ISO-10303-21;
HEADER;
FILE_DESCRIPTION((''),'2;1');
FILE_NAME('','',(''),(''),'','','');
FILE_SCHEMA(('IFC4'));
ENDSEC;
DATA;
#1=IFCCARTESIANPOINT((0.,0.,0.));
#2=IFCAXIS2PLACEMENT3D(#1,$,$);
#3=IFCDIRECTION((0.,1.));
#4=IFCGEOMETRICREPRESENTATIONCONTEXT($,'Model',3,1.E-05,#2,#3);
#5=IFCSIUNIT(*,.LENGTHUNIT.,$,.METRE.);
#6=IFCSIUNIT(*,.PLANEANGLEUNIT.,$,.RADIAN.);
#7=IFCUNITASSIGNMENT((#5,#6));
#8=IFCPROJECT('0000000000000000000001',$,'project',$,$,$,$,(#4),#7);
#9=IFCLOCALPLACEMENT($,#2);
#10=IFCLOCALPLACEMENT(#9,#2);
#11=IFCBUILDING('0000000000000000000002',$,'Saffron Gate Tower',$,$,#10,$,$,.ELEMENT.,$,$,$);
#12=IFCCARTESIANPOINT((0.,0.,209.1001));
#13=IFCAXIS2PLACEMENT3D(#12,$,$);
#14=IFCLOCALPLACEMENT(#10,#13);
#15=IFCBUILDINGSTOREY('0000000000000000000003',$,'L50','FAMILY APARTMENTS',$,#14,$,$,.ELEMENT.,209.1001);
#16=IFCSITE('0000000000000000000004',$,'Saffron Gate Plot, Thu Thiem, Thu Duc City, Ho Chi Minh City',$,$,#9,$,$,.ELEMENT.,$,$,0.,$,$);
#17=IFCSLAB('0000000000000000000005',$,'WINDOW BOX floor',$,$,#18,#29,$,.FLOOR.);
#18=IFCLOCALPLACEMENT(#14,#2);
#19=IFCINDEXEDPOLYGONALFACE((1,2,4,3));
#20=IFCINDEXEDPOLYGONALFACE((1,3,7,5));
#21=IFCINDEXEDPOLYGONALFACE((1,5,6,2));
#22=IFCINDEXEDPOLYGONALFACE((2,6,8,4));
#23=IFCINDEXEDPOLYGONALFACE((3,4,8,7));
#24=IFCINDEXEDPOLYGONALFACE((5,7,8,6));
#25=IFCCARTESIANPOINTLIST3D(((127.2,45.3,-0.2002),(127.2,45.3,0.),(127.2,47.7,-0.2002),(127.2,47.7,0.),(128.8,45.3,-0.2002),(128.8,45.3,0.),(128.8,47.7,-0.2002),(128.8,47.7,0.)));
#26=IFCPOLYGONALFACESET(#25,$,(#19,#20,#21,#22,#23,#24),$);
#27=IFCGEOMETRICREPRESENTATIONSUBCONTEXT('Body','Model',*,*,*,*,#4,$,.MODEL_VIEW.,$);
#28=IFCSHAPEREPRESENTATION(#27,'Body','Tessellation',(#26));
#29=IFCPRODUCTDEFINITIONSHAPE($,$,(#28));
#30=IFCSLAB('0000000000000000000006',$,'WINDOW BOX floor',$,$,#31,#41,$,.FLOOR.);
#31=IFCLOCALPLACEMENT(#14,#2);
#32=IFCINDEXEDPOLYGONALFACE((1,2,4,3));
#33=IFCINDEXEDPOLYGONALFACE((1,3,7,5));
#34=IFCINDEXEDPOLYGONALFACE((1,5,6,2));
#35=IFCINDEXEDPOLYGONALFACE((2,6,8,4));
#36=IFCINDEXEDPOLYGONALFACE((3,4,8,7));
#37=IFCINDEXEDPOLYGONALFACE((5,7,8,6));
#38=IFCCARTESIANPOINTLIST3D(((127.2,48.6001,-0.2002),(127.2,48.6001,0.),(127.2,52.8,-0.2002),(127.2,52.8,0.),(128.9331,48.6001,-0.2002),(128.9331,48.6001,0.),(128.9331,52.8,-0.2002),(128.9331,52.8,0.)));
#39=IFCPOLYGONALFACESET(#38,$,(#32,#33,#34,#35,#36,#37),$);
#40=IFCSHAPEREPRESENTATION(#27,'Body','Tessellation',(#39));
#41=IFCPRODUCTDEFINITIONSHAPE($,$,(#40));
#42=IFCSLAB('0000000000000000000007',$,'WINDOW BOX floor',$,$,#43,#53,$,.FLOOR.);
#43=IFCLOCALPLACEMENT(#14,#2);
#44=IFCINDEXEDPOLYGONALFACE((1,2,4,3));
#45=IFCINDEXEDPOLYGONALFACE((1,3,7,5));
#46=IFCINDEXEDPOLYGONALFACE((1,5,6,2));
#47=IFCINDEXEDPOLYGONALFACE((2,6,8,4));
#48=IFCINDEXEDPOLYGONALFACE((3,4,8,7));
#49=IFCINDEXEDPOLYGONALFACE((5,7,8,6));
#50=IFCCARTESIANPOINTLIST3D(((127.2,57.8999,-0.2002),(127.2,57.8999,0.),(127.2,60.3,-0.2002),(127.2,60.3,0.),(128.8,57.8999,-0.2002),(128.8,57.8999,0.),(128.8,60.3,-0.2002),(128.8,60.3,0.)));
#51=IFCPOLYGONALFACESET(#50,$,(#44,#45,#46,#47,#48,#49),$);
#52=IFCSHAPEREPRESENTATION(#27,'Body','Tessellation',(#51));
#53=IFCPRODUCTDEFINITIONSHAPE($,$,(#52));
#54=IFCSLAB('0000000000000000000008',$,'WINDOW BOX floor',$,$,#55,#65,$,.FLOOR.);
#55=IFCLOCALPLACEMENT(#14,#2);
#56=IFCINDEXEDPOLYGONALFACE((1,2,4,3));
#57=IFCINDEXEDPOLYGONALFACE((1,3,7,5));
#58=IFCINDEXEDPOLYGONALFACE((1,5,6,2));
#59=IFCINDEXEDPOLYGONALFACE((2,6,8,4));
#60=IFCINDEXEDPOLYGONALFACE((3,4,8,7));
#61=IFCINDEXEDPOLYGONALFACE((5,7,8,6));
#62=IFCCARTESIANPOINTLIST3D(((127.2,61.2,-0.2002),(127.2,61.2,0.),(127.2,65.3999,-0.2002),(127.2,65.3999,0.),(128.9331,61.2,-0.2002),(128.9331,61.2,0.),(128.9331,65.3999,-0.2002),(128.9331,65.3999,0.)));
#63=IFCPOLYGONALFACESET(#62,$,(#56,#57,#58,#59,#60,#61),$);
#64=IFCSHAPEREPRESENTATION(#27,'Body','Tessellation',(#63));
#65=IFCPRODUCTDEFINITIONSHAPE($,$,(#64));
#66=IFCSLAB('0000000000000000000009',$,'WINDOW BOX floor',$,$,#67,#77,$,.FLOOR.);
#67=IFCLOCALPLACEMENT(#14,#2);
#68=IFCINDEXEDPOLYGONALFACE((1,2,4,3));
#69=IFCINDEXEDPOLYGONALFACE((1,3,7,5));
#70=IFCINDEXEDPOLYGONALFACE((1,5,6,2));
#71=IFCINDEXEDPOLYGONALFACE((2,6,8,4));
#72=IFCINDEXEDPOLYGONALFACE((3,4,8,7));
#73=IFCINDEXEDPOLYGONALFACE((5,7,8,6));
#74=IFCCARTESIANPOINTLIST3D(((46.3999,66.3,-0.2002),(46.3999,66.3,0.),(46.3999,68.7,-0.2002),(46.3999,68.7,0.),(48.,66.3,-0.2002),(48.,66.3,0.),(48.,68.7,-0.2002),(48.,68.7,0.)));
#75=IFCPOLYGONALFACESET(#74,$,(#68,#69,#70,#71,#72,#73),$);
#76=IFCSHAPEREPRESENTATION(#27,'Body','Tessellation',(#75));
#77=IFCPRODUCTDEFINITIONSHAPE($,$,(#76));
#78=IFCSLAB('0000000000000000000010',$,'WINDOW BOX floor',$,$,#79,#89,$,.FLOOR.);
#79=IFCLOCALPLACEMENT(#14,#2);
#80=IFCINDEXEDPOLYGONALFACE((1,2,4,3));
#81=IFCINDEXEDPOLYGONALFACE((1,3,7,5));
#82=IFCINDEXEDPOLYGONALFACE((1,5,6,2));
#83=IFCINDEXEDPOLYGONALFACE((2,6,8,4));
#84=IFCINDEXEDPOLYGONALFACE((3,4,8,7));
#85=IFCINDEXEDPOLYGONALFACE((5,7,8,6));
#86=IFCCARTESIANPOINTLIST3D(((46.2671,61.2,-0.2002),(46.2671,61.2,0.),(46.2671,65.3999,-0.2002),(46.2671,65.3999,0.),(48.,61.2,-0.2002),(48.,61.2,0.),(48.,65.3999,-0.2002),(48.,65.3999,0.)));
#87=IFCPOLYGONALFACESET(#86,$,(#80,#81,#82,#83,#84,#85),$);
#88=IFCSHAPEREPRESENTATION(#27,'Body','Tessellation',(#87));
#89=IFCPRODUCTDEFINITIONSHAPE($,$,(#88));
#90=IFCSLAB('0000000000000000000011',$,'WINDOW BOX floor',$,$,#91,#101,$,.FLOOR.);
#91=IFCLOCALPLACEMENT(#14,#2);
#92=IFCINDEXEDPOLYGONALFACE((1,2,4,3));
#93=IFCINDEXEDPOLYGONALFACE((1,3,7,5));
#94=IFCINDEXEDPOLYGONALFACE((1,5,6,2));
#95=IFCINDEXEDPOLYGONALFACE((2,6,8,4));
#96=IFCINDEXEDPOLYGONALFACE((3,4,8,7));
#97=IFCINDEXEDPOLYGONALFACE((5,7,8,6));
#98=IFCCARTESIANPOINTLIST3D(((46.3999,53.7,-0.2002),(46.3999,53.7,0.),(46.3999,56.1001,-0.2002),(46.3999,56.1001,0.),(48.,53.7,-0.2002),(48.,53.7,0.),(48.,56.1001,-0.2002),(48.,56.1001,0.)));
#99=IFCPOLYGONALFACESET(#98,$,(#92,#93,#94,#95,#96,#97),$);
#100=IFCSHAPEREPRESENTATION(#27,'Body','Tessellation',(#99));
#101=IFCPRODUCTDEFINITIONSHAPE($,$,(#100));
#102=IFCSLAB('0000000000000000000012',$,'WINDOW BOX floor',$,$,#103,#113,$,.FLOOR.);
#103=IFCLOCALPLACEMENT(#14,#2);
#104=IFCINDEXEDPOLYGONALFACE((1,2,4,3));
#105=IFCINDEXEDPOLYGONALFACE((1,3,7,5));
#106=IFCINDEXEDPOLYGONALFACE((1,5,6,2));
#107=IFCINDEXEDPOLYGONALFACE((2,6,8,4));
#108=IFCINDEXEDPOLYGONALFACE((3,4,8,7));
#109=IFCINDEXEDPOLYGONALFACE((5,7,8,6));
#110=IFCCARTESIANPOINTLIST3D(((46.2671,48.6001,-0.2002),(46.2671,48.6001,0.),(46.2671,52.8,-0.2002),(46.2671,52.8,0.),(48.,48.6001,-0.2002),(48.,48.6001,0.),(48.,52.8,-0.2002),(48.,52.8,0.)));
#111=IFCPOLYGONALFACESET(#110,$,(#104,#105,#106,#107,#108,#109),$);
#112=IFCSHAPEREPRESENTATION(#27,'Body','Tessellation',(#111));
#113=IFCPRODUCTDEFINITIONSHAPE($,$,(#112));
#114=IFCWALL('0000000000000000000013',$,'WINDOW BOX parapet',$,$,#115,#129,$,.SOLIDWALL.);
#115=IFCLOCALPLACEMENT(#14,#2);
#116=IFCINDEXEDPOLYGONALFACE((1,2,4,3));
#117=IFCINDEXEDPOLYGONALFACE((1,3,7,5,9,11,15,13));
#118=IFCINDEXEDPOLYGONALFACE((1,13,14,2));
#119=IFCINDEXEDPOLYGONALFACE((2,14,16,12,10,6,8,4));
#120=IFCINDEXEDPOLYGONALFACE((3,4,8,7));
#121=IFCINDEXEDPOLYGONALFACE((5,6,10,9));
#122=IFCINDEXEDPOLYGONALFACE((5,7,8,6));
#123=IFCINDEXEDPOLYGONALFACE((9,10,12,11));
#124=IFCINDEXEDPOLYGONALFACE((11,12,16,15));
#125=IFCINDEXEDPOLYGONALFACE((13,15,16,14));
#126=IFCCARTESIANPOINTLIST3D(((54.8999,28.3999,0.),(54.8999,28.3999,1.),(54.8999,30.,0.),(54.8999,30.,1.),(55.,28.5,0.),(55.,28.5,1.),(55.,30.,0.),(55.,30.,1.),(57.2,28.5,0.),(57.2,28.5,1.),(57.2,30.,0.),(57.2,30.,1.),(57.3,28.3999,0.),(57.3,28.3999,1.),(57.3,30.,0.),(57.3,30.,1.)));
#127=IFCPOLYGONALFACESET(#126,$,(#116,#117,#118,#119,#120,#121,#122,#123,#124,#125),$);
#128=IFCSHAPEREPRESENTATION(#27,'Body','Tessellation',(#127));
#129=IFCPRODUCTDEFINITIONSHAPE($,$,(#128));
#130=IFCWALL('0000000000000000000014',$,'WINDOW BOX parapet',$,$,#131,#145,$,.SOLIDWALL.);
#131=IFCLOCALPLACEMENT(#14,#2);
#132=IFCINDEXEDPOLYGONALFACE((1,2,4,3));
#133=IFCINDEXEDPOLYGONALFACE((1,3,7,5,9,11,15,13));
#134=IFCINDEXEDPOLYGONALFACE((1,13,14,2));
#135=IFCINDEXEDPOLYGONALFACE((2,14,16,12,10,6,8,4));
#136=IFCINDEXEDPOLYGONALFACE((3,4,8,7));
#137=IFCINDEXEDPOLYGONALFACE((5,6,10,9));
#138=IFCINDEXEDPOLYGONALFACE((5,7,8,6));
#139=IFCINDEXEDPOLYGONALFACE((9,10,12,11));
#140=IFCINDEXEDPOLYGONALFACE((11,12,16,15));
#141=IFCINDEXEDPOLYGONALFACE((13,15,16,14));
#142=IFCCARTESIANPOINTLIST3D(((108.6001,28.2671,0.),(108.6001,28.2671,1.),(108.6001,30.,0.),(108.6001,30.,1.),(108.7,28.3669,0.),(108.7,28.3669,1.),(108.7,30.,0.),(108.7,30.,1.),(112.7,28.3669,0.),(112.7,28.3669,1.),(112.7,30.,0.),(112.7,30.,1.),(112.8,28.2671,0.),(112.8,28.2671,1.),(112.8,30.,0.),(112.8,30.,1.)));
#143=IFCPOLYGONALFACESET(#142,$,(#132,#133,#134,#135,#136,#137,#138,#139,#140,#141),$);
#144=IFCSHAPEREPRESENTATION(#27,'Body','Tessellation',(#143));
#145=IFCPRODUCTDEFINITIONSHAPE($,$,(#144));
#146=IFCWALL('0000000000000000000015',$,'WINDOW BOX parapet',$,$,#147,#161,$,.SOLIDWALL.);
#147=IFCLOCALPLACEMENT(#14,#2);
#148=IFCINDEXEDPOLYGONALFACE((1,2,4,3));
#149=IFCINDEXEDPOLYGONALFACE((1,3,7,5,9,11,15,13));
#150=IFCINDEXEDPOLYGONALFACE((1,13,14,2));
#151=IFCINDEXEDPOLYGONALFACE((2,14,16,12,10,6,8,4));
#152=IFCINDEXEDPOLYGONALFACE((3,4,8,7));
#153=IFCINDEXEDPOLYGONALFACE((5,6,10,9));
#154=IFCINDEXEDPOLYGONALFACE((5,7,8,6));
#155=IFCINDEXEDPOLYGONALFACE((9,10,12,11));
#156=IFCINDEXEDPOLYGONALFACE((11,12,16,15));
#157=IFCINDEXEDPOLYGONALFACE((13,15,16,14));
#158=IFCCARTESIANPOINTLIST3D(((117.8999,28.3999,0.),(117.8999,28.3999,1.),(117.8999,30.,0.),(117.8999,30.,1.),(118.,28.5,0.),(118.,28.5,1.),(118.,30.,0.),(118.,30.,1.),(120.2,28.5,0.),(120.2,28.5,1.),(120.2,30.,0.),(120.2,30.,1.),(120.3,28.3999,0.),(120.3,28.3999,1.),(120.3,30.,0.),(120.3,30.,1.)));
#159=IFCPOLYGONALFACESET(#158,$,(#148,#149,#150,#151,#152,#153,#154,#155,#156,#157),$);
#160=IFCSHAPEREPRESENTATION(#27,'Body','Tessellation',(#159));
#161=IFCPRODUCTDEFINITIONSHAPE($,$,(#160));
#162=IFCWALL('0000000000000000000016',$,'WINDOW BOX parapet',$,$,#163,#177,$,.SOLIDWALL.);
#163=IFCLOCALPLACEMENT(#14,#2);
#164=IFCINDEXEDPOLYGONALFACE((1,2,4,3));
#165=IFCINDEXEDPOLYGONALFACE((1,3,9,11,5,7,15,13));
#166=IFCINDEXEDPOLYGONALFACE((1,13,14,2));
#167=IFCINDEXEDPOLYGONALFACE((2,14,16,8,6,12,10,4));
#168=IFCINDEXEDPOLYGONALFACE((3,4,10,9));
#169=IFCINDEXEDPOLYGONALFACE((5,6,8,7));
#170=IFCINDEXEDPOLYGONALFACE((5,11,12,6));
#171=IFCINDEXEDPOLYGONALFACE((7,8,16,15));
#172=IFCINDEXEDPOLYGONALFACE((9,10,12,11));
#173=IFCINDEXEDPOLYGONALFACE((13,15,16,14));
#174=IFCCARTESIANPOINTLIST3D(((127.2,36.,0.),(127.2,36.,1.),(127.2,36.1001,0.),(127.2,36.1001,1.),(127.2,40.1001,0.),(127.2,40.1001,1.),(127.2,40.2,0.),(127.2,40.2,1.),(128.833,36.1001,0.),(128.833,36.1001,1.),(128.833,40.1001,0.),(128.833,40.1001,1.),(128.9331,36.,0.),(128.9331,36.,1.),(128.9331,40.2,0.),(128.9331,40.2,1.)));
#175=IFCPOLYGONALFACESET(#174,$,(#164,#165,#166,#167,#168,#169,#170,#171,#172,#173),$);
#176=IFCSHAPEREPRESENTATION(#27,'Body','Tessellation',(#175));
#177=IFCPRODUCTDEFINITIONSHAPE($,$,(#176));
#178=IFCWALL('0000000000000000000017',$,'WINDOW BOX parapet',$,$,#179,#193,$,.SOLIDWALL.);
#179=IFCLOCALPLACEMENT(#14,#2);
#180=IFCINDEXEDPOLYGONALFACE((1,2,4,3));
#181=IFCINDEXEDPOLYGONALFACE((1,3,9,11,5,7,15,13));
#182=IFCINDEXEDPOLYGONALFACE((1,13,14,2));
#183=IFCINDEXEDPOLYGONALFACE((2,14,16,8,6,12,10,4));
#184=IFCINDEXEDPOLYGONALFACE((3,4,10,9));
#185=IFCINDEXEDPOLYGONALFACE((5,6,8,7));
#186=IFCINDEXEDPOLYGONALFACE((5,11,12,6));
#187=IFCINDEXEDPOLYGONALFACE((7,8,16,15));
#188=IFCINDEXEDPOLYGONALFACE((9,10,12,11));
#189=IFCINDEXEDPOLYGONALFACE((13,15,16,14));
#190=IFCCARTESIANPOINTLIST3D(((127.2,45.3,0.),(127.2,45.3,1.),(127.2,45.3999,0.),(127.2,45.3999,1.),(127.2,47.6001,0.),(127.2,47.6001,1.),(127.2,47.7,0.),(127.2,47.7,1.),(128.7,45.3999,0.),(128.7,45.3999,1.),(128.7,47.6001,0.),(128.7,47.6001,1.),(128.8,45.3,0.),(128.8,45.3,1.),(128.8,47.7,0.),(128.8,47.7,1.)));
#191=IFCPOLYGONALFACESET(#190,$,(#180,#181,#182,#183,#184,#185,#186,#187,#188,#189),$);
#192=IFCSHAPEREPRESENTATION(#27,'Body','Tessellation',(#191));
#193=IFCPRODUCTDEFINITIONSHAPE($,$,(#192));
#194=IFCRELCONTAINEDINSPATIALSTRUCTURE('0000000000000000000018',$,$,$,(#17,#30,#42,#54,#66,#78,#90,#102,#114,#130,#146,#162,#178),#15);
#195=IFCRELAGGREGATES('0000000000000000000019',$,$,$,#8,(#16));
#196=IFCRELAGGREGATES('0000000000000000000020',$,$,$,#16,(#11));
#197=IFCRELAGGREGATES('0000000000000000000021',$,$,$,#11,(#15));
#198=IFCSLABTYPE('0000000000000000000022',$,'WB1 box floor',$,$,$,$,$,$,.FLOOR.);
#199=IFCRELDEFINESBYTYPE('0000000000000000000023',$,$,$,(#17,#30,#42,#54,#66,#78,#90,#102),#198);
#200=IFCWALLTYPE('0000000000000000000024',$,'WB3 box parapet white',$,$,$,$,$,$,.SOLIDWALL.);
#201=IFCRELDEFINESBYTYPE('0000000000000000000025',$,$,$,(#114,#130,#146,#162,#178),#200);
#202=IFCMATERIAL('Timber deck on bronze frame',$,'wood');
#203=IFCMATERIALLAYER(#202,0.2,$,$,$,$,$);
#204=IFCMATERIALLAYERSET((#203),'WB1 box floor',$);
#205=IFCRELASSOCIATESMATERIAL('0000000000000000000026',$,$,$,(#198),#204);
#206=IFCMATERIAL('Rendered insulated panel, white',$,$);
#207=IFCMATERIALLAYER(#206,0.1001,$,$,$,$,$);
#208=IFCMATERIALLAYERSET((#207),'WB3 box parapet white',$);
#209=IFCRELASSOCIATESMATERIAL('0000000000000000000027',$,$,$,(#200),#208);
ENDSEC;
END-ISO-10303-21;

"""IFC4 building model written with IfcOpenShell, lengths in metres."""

from ifc_helpers import new_model, si_unit, direction, frame, origin, place, context, subcontext, project, spatial, polyline, outline, extrude, material, layer, layer_set, type_object, element, save


model = new_model("IFC4")

# Units and contexts
model_context = context("Model", 3, precision=1e-05, world=origin(), true_north=direction((0.0, 1.0)))
body_context = subcontext(model_context, "Body", "Model", "MODEL_VIEW")
ifc_project = project(units=[si_unit("LENGTHUNIT", "METRE"), si_unit("PLANEANGLEUNIT", "RADIAN")], contexts=[model_context])

# Site, building, storey
site_placement = place(None, origin())
site = spatial("IfcSite", under=ifc_project, at=site_placement, Name="Saffron Gate Plot, Thu Thiem, Thu Duc City, Ho Chi Minh City", CompositionType="ELEMENT", RefElevation=0.0)
building_placement = place(site_placement, origin())
building = spatial("IfcBuilding", under=site, at=building_placement, Name="Saffron Gate Tower", CompositionType="ELEMENT")
storey_placement = place(building_placement, frame((0.0, 0.0, 209.1001)))
storey = spatial("IfcBuildingStorey", under=building, at=storey_placement, Name="L50", Description="FAMILY APARTMENTS", CompositionType="ELEMENT", Elevation=209.1001)

# Slabs
ifc_material_1 = material(Name="Timber deck on bronze frame", Category="wood")
ifc_layer_1 = layer(ifc_material_1, 0.2)
ifc_layer_set_1 = layer_set([ifc_layer_1], Name="WB1 box floor")
slab_type_1 = type_object("IfcSlabType", Name="WB1 box floor", PredefinedType="FLOOR", material=ifc_layer_set_1)
slab_1_placement = place(storey_placement, frame((0.0, 0.0, -0.2002)))
element("IfcSlab", 1, at=slab_1_placement, inside=storey, type_object=slab_type_1, Name="WINDOW BOX floor", PredefinedType="FLOOR", context=body_context, shape_type="SweptSolid", body=[
    extrude(outline(polyline([(127.2, 45.3), (127.2, 47.7), (128.8, 47.7), (128.8, 45.3), (127.2, 45.3)])), origin(), (0.0, 0.0, 1.0), 0.2002),
])
slab_2_placement = place(storey_placement, frame((0.0, 0.0, -0.2002)))
element("IfcSlab", 2, at=slab_2_placement, inside=storey, type_object=slab_type_1, Name="WINDOW BOX floor", PredefinedType="FLOOR", context=body_context, shape_type="SweptSolid", body=[
    extrude(outline(polyline([(127.2, 48.6001), (127.2, 52.8), (128.9331, 52.8), (128.9331, 48.6001), (127.2, 48.6001)])), origin(), (0.0, 0.0, 1.0), 0.2002),
])
slab_3_placement = place(storey_placement, frame((0.0, 0.0, -0.2002)))
element("IfcSlab", 3, at=slab_3_placement, inside=storey, type_object=slab_type_1, Name="WINDOW BOX floor", PredefinedType="FLOOR", context=body_context, shape_type="SweptSolid", body=[
    extrude(outline(polyline([(127.2, 57.8999), (127.2, 60.3), (128.8, 60.3), (128.8, 57.8999), (127.2, 57.8999)])), origin(), (0.0, 0.0, 1.0), 0.2002),
])
slab_4_placement = place(storey_placement, frame((0.0, 0.0, -0.2002)))
element("IfcSlab", 4, at=slab_4_placement, inside=storey, type_object=slab_type_1, Name="WINDOW BOX floor", PredefinedType="FLOOR", context=body_context, shape_type="SweptSolid", body=[
    extrude(outline(polyline([(127.2, 61.2), (127.2, 65.3999), (128.9331, 65.3999), (128.9331, 61.2), (127.2, 61.2)])), origin(), (0.0, 0.0, 1.0), 0.2002),
])
slab_5_placement = place(storey_placement, frame((0.0, 0.0, -0.2002)))
element("IfcSlab", 5, at=slab_5_placement, inside=storey, type_object=slab_type_1, Name="WINDOW BOX floor", PredefinedType="FLOOR", context=body_context, shape_type="SweptSolid", body=[
    extrude(outline(polyline([(48.0, 68.7), (48.0, 66.3), (46.3999, 66.3), (46.3999, 68.7), (48.0, 68.7)])), origin(), (0.0, 0.0, 1.0), 0.2002),
])
slab_6_placement = place(storey_placement, frame((0.0, 0.0, -0.2002)))
element("IfcSlab", 6, at=slab_6_placement, inside=storey, type_object=slab_type_1, Name="WINDOW BOX floor", PredefinedType="FLOOR", context=body_context, shape_type="SweptSolid", body=[
    extrude(outline(polyline([(48.0, 65.3999), (48.0, 61.2), (46.2671, 61.2), (46.2671, 65.3999), (48.0, 65.3999)])), origin(), (0.0, 0.0, 1.0), 0.2002),
])
slab_7_placement = place(storey_placement, frame((0.0, 0.0, -0.2002)))
element("IfcSlab", 7, at=slab_7_placement, inside=storey, type_object=slab_type_1, Name="WINDOW BOX floor", PredefinedType="FLOOR", context=body_context, shape_type="SweptSolid", body=[
    extrude(outline(polyline([(48.0, 56.1001), (48.0, 53.7), (46.3999, 53.7), (46.3999, 56.1001), (48.0, 56.1001)])), origin(), (0.0, 0.0, 1.0), 0.2002),
])
slab_8_placement = place(storey_placement, frame((0.0, 0.0, -0.2002)))
element("IfcSlab", 8, at=slab_8_placement, inside=storey, type_object=slab_type_1, Name="WINDOW BOX floor", PredefinedType="FLOOR", context=body_context, shape_type="SweptSolid", body=[
    extrude(outline(polyline([(48.0, 52.8), (48.0, 48.6001), (46.2671, 48.6001), (46.2671, 52.8), (48.0, 52.8)])), origin(), (0.0, 0.0, 1.0), 0.2002),
])

# Walls
ifc_material_2 = material(Name="Rendered insulated panel, white")
ifc_layer_2 = layer(ifc_material_2, 0.1001)
ifc_layer_set_2 = layer_set([ifc_layer_2], Name="WB3 box parapet white")
wall_type = type_object("IfcWallType", Name="WB3 box parapet white", PredefinedType="SOLIDWALL", material=ifc_layer_set_2)
wall_1_placement = place(storey_placement, origin())
element("IfcWall", 9, at=wall_1_placement, inside=storey, type_object=wall_type, Name="WINDOW BOX parapet", PredefinedType="SOLIDWALL", context=body_context, shape_type="SweptSolid", body=[
    extrude(outline(polyline([(54.8999, 30.0), (55.0, 30.0), (55.0, 28.5), (57.2, 28.5), (57.2, 30.0), (57.3, 30.0), (57.3, 28.3999), (54.8999, 28.3999), (54.8999, 30.0)])), origin(), (0.0, 0.0, 1.0), 1.0),
])
wall_2_placement = place(storey_placement, origin())
element("IfcWall", 10, at=wall_2_placement, inside=storey, type_object=wall_type, Name="WINDOW BOX parapet", PredefinedType="SOLIDWALL", context=body_context, shape_type="SweptSolid", body=[
    extrude(outline(polyline([(108.6001, 30.0), (108.7, 30.0), (108.7, 28.3669), (112.7, 28.3669), (112.7, 30.0), (112.8, 30.0), (112.8, 28.2671), (108.6001, 28.2671), (108.6001, 30.0)])), origin(), (0.0, 0.0, 1.0), 1.0),
])
wall_3_placement = place(storey_placement, origin())
element("IfcWall", 11, at=wall_3_placement, inside=storey, type_object=wall_type, Name="WINDOW BOX parapet", PredefinedType="SOLIDWALL", context=body_context, shape_type="SweptSolid", body=[
    extrude(outline(polyline([(117.8999, 30.0), (118.0, 30.0), (118.0, 28.5), (120.2, 28.5), (120.2, 30.0), (120.3, 30.0), (120.3, 28.3999), (117.8999, 28.3999), (117.8999, 30.0)])), origin(), (0.0, 0.0, 1.0), 1.0),
])
wall_4_placement = place(storey_placement, origin())
element("IfcWall", 12, at=wall_4_placement, inside=storey, type_object=wall_type, Name="WINDOW BOX parapet", PredefinedType="SOLIDWALL", context=body_context, shape_type="SweptSolid", body=[
    extrude(outline(polyline([(127.2, 36.0), (127.2, 36.1001), (128.833, 36.1001), (128.833, 40.1001), (127.2, 40.1001), (127.2, 40.2), (128.9331, 40.2), (128.9331, 36.0), (127.2, 36.0)])), origin(), (0.0, 0.0, 1.0), 1.0),
])
wall_5_placement = place(storey_placement, origin())
element("IfcWall", 13, at=wall_5_placement, inside=storey, type_object=wall_type, Name="WINDOW BOX parapet", PredefinedType="SOLIDWALL", context=body_context, shape_type="SweptSolid", body=[
    extrude(outline(polyline([(127.2, 45.3), (127.2, 45.3999), (128.7, 45.3999), (128.7, 47.6001), (127.2, 47.6001), (127.2, 47.7), (128.8, 47.7), (128.8, 45.3), (127.2, 45.3)])), origin(), (0.0, 0.0, 1.0), 1.0),
])

save(model, "model.ifc")
